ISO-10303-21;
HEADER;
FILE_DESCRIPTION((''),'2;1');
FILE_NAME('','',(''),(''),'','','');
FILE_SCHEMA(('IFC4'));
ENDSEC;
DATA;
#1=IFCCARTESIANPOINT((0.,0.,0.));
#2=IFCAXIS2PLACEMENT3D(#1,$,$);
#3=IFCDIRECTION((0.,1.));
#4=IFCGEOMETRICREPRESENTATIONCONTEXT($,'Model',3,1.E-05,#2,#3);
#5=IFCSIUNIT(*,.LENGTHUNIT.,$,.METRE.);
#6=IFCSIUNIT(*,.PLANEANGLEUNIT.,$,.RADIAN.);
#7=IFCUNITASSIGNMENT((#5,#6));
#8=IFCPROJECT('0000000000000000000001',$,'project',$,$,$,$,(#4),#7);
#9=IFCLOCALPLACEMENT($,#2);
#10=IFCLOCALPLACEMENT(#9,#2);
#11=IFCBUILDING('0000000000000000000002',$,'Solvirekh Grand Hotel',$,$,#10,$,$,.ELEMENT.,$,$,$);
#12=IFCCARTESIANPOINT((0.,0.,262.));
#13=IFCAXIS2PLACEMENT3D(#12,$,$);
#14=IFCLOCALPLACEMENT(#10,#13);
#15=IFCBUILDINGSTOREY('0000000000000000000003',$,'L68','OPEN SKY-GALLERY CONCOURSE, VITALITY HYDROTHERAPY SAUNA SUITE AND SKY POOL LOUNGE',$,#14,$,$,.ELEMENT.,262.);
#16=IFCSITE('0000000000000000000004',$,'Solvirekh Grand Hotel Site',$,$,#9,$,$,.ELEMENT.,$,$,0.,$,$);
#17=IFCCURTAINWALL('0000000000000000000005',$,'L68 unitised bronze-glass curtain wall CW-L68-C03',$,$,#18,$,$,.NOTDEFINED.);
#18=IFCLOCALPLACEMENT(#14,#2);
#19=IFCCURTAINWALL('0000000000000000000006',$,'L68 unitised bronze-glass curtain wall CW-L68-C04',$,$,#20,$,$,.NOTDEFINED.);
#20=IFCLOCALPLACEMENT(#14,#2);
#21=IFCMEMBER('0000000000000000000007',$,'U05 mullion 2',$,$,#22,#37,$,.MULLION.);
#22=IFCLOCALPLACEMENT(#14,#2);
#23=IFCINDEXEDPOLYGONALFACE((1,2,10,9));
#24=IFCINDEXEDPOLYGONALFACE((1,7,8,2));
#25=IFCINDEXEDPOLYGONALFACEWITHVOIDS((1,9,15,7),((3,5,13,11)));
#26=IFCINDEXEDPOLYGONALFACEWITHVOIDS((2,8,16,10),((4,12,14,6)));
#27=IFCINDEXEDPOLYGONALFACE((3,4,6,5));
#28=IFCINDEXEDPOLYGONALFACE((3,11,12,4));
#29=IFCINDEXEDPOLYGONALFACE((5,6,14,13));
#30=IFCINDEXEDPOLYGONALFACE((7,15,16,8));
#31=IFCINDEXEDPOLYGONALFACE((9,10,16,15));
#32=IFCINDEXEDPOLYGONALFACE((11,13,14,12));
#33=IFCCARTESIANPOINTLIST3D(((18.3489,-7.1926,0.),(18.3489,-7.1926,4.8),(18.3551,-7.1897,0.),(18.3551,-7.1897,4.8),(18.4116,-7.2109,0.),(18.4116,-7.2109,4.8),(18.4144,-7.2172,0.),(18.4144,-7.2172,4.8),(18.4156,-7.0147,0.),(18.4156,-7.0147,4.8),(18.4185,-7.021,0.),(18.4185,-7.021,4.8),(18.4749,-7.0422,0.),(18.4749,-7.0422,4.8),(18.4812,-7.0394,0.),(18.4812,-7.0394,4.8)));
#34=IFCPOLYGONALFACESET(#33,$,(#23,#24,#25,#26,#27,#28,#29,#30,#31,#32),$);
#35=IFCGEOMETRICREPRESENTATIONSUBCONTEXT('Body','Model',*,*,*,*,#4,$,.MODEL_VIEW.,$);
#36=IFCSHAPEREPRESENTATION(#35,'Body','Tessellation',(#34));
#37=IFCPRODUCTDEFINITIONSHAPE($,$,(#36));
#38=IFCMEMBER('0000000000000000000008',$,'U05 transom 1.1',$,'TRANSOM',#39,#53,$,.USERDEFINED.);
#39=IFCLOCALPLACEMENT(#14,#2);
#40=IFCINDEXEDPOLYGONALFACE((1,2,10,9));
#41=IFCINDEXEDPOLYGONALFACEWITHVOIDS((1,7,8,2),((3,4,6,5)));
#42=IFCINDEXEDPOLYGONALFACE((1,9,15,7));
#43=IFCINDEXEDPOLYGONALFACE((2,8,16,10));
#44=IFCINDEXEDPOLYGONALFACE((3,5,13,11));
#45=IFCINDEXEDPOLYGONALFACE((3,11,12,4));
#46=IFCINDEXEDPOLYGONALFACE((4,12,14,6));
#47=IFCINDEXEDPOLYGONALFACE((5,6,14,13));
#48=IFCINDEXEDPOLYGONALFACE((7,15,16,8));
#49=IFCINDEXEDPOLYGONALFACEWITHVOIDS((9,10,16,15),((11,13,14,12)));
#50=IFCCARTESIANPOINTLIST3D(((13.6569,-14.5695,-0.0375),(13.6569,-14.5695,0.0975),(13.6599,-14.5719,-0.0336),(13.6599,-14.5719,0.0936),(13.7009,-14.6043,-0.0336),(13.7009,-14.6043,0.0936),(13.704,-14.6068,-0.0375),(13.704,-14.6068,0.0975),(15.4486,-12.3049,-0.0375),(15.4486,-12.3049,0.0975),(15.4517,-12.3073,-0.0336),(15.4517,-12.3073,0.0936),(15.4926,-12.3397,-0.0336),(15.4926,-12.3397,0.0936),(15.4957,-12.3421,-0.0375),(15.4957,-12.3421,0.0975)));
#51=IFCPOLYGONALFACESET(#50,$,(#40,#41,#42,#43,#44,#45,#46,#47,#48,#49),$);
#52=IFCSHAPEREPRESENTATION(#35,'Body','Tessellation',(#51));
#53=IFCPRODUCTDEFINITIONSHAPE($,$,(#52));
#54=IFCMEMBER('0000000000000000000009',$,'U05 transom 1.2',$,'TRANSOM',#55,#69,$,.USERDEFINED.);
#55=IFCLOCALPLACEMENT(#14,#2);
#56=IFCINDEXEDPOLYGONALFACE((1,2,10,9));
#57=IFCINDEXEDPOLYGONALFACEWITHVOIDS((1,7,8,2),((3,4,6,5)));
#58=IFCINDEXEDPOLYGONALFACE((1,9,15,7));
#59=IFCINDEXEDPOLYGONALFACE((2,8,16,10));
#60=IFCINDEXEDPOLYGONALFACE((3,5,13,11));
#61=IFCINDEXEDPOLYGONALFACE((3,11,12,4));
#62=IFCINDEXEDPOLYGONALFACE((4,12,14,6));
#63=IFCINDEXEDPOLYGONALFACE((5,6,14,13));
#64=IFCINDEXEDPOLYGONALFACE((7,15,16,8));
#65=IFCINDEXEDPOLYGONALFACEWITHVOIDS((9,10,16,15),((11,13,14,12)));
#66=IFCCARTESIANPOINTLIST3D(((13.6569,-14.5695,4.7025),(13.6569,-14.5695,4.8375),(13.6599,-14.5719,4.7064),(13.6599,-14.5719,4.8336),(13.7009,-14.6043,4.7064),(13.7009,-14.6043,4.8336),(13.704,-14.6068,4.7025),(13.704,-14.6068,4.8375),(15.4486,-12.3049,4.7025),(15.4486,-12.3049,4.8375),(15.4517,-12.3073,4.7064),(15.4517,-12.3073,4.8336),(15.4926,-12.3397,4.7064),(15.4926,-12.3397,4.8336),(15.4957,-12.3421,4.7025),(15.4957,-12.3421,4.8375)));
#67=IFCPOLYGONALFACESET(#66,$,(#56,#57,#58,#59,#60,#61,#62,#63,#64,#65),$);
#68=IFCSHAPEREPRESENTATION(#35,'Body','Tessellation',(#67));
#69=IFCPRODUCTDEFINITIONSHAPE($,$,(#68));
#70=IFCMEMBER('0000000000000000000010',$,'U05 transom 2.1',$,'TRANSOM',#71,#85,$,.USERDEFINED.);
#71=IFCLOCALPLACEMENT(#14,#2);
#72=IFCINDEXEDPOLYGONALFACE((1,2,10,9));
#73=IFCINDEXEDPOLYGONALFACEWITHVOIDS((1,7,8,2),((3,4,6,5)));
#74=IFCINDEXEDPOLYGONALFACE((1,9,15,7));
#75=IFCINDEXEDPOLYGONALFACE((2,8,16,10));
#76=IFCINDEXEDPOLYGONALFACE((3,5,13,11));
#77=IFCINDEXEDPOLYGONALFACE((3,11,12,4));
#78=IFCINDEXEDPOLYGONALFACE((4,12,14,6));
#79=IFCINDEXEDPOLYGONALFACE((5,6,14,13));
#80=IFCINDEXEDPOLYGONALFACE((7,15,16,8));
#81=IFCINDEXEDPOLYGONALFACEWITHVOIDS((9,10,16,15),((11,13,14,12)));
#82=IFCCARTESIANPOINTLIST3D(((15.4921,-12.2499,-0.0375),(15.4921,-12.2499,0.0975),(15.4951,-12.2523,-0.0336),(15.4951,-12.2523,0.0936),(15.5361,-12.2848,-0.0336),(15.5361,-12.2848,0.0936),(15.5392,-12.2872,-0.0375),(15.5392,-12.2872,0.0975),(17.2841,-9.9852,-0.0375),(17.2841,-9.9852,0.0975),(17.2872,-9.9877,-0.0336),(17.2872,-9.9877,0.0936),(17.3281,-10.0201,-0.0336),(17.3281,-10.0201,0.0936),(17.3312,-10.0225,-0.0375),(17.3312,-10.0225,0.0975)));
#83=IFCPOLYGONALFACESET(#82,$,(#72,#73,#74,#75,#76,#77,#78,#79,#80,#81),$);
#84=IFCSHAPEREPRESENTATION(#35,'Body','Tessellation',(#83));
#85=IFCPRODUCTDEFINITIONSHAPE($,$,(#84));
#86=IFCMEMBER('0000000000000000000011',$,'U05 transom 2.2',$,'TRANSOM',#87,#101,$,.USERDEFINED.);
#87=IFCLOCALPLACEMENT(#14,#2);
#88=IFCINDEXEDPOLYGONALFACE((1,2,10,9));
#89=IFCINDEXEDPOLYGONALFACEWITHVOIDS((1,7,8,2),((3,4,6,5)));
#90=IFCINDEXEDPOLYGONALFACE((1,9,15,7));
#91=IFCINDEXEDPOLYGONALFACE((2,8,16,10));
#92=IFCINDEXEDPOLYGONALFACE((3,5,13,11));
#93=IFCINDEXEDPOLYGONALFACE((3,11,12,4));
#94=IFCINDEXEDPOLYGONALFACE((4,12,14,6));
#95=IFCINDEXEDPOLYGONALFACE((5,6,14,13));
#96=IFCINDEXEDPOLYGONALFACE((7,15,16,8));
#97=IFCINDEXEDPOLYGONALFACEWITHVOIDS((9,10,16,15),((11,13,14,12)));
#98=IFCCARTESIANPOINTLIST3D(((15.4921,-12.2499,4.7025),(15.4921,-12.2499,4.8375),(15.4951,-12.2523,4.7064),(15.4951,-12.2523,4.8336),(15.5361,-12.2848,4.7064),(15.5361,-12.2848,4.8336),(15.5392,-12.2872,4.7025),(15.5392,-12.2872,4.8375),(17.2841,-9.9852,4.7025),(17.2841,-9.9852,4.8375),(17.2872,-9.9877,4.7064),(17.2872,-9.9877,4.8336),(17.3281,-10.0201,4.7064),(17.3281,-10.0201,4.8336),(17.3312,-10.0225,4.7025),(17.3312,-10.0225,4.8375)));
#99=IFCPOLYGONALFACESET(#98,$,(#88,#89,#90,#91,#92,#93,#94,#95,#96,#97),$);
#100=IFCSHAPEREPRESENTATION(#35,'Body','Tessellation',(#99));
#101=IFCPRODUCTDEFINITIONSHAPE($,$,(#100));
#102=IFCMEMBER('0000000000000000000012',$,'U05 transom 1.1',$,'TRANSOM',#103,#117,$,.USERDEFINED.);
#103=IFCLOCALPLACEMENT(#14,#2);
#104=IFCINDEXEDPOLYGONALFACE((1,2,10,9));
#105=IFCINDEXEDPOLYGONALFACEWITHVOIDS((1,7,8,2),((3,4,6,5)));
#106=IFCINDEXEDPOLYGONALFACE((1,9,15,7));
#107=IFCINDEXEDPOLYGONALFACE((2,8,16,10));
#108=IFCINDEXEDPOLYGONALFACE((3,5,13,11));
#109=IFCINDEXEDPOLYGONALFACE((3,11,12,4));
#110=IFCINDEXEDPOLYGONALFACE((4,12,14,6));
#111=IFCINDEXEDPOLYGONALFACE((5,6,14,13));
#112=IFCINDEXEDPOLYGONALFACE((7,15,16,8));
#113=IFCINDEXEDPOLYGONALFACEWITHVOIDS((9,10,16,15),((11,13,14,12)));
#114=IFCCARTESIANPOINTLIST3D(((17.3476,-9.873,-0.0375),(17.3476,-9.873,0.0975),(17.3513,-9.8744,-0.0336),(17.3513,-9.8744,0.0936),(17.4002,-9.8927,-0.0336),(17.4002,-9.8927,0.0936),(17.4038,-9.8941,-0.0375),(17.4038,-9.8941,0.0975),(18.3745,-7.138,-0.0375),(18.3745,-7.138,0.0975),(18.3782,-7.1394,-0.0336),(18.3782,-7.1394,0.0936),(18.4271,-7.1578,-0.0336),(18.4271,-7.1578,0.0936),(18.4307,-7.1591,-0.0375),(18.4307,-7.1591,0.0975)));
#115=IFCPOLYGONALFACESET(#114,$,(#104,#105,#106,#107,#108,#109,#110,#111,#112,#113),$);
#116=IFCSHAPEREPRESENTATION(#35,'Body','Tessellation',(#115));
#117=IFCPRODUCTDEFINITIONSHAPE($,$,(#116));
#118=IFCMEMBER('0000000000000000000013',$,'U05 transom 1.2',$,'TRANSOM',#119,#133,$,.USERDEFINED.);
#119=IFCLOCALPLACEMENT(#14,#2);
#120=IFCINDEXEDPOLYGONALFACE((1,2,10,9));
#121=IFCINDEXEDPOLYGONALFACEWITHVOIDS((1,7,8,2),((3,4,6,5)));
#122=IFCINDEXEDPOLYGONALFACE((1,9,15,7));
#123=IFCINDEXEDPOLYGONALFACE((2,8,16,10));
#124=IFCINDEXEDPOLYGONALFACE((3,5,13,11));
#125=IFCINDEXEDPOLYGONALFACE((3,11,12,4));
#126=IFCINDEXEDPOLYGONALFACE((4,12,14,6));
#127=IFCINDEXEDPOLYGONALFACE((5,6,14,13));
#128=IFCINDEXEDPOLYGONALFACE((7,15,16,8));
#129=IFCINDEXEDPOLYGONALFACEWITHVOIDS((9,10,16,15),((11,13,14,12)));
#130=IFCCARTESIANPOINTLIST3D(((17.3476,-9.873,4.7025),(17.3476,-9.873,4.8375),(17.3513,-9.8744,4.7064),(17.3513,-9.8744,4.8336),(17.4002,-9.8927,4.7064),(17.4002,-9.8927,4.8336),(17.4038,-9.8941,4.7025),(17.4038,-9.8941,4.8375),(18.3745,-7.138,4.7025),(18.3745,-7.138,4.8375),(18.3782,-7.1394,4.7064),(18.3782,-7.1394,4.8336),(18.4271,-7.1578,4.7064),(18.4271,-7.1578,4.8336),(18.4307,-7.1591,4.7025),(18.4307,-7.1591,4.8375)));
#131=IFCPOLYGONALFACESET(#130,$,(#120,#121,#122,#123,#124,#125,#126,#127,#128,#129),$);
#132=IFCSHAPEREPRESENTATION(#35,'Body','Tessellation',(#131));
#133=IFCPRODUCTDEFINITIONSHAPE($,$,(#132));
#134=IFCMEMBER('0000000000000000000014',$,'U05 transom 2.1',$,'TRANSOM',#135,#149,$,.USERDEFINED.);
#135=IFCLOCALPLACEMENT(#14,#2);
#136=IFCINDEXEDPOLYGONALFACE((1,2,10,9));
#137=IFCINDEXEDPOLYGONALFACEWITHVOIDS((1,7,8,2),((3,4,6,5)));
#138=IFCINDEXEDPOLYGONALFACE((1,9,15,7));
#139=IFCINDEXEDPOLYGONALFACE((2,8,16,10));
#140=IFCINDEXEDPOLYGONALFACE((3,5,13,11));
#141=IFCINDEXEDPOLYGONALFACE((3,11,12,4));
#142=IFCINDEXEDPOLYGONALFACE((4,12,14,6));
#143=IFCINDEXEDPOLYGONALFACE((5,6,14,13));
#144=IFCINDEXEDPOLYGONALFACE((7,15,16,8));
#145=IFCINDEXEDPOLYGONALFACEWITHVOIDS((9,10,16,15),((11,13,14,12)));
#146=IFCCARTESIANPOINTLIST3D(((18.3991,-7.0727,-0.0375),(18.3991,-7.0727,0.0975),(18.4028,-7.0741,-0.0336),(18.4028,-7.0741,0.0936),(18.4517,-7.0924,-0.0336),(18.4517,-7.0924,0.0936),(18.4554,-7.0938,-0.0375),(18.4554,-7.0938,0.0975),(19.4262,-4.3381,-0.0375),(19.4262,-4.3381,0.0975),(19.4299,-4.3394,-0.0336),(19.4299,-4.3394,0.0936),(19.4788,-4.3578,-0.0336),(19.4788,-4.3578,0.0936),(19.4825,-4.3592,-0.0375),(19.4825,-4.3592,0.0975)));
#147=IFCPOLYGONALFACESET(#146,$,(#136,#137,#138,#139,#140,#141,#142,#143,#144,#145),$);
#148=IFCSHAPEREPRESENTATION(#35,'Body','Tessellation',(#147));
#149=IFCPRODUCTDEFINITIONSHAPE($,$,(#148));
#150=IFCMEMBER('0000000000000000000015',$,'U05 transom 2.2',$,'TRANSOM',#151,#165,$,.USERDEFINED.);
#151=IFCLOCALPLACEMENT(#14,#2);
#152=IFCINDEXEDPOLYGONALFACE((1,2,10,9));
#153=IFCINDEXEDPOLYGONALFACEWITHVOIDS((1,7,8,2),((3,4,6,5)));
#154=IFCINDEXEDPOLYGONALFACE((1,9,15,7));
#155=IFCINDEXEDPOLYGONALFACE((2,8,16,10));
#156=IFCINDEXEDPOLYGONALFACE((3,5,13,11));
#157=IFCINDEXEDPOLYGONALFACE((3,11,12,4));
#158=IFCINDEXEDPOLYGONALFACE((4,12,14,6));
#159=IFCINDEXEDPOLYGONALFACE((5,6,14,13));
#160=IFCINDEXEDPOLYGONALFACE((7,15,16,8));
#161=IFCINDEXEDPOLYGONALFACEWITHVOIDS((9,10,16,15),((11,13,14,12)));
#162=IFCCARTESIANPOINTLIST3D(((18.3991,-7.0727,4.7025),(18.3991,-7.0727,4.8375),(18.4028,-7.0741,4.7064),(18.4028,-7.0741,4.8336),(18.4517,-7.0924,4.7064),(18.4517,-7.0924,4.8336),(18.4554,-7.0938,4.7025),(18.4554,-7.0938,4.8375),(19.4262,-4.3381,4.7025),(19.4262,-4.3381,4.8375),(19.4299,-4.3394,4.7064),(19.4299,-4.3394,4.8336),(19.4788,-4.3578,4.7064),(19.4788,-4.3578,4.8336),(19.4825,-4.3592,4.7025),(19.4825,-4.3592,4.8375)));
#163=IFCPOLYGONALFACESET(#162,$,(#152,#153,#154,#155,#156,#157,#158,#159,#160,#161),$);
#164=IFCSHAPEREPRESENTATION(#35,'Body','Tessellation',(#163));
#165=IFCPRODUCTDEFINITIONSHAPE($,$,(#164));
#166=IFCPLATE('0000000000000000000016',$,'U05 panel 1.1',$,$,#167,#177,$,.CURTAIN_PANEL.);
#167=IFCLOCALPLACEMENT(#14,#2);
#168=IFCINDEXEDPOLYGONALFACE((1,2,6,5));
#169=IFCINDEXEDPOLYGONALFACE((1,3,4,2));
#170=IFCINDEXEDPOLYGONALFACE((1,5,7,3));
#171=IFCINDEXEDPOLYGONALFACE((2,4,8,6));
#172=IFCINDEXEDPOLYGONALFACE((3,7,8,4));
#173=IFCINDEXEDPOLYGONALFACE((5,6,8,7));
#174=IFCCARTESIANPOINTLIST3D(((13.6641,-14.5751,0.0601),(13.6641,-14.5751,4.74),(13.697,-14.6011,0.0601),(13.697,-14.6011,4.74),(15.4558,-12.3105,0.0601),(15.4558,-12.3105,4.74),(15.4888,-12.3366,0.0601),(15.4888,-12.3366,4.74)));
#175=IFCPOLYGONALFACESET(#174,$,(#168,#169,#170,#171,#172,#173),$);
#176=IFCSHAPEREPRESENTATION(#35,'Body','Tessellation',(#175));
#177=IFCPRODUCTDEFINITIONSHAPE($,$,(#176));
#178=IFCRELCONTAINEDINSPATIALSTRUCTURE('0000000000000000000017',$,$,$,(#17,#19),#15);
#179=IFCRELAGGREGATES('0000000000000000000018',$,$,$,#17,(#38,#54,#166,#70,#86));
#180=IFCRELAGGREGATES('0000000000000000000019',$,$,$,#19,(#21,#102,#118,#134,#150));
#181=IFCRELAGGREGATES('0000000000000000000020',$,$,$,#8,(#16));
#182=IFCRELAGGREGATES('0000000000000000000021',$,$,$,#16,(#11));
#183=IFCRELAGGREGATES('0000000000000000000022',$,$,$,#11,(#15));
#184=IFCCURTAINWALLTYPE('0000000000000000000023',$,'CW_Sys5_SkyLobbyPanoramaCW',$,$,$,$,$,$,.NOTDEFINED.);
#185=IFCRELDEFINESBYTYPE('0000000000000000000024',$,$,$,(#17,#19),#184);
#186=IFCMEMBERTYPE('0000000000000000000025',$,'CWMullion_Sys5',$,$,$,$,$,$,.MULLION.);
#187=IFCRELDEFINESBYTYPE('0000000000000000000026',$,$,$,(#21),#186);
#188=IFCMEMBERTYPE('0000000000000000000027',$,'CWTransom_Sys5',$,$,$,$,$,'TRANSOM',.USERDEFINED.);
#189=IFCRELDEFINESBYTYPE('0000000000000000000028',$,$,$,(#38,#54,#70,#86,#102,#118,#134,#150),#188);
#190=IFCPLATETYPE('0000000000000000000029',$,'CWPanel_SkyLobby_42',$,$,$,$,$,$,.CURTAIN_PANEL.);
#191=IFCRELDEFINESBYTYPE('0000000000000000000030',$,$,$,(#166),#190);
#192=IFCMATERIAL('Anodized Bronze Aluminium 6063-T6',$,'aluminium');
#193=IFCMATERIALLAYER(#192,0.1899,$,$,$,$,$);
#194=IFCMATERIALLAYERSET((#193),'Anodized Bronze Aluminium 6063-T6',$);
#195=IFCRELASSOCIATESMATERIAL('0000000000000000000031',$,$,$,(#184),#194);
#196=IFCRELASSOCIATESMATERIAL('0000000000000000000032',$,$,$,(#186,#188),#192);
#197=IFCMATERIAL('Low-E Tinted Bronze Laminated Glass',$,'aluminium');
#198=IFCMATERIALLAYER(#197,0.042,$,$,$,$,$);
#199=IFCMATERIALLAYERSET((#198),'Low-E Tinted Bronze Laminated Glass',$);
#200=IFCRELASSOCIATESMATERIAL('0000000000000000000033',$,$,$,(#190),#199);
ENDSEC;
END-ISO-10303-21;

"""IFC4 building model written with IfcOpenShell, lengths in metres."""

from ifc_helpers import new_model, si_unit, direction, frame, origin, origin_2d, place, context, subcontext, project, spatial, rectangle, hollow_rectangle, extrude, source, transform, mapped, material, layer, layer_set, material_profile, profile_set, type_object, element, aggregate, save


model = new_model("IFC4")

# Units and contexts
model_context = context("Model", 3, precision=1e-05, world=origin(), true_north=direction((0.0, 1.0)))
body_context = subcontext(model_context, "Body", "Model", "MODEL_VIEW")
ifc_project = project(units=[si_unit("LENGTHUNIT", "METRE"), si_unit("PLANEANGLEUNIT", "RADIAN")], contexts=[model_context])

# Site, building, storey
site_placement = place(None, origin())
site = spatial("IfcSite", under=ifc_project, at=site_placement, Name="Solvirekh Grand Hotel Site", CompositionType="ELEMENT", RefElevation=0.0)
building_placement = place(site_placement, origin())
building = spatial("IfcBuilding", under=site, at=building_placement, Name="Solvirekh Grand Hotel", CompositionType="ELEMENT")
storey_placement = place(building_placement, frame((0.0, 0.0, 262.0)))
storey = spatial("IfcBuildingStorey", under=building, at=storey_placement, Name="L68", Description="OPEN SKY-GALLERY CONCOURSE, VITALITY HYDROTHERAPY SAUNA SUITE AND SKY POOL LOUNGE", CompositionType="ELEMENT", Elevation=262.0)

# Shared definitions
ifc_material_1 = material(Name="Anodized Bronze Aluminium 6063-T6", Category="aluminium")
ifc_layer_1 = layer(ifc_material_1, 0.1899)
ifc_layer_set_1 = layer_set([ifc_layer_1], Name="Anodized Bronze Aluminium 6063-T6")
curtain_wall_type = type_object("IfcCurtainWallType", Name="CW_Sys5_SkyLobbyPanoramaCW", PredefinedType="NOTDEFINED", material=ifc_layer_set_1)
ifc_material_profile_1 = material_profile(ifc_material_1, hollow_rectangle(XDim=0.0701, YDim=0.1899, WallThickness=0.0049, at=origin_2d()), Name="ALU RHS 190X70X5")
ifc_profile_set_1 = profile_set([ifc_material_profile_1], Name="Anodized Bronze Aluminium 6063-T6")
member_type_1 = type_object("IfcMemberType", Name="CWMullion_Sys5", PredefinedType="MULLION", material=ifc_profile_set_1)
shared_shape_1 = source(origin(), body_context, "Body", "SweptSolid", [
    extrude(hollow_rectangle(XDim=0.0701, YDim=0.1899, WallThickness=0.0049, at=origin_2d()), origin(), (0.0, 0.0, 1.0), 4.8),
])

# Curtain walls, member
curtain_wall_1_placement = place(storey_placement, origin())
curtain_wall_1 = element("IfcCurtainWall", 1, at=curtain_wall_1_placement, inside=storey, type_object=curtain_wall_type, Name="L68 unitised bronze-glass curtain wall CW-L68-C03", PredefinedType="NOTDEFINED")
curtain_wall_2_placement = place(storey_placement, origin())
curtain_wall_2 = element("IfcCurtainWall", 2, at=curtain_wall_2_placement, inside=storey, type_object=curtain_wall_type, Name="L68 unitised bronze-glass curtain wall CW-L68-C04", PredefinedType="NOTDEFINED")
member_1_placement = place(storey_placement, frame((18.415, -7.116, 0.0), z_axis=(0.0, 0.0, 1.0), x_axis=(-0.936153, 0.351594, 0.0)))
member_1 = element("IfcMember", 3, at=member_1_placement, type_object=member_type_1, Name="U05 mullion 2", PredefinedType="MULLION", context=body_context, shape_type="MappedRepresentation", body=[
    mapped(shared_shape_1, transform((0.0, 0.0, 0.0), x_axis=(1.0, 0.0, 0.0), y_axis=(0.0, 1.0, 0.0), z_axis=(0.0, 0.0, 1.0), scale=1.0)),
])

# Members
ifc_material_profile_2 = material_profile(ifc_material_1, hollow_rectangle(XDim=0.0601, YDim=0.135, WallThickness=0.0039, at=origin_2d()), Name="ALU RHS 135X60X4")
ifc_profile_set_2 = profile_set([ifc_material_profile_2], Name="Anodized Bronze Aluminium 6063-T6")
member_type_2 = type_object("IfcMemberType", Name="CWTransom_Sys5", ElementType="TRANSOM", PredefinedType="USERDEFINED", material=ifc_profile_set_2)
shared_shape_2 = source(origin(), body_context, "Body", "SweptSolid", [
    extrude(hollow_rectangle(XDim=0.0601, YDim=0.135, WallThickness=0.0039, at=origin_2d()), origin(), (0.0, 0.0, 1.0), 2.8877),
])
member_2_placement = place(storey_placement, frame((13.6804, -14.5881, 0.03), z_axis=(0.620469, 0.784231, 0.0), x_axis=(-0.784231, 0.620469, 0.0)))
member_2 = element("IfcMember", 4, at=member_2_placement, type_object=member_type_2, Name="U05 transom 1.1", ObjectType="TRANSOM", PredefinedType="USERDEFINED", context=body_context, shape_type="MappedRepresentation", body=[
    mapped(shared_shape_2, transform((0.0, 0.0, 0.0), x_axis=(1.0, 0.0, 0.0), y_axis=(0.0, 1.0, 0.0), z_axis=(0.0, 0.0, 1.0), scale=1.0)),
])
member_3_placement = place(storey_placement, frame((13.6804, -14.5881, 4.77), z_axis=(0.620469, 0.784231, 0.0), x_axis=(-0.784231, 0.620469, 0.0)))
member_3 = element("IfcMember", 5, at=member_3_placement, type_object=member_type_2, Name="U05 transom 1.2", ObjectType="TRANSOM", PredefinedType="USERDEFINED", context=body_context, shape_type="MappedRepresentation", body=[
    mapped(shared_shape_2, transform((0.0, 0.0, 0.0), x_axis=(1.0, 0.0, 0.0), y_axis=(0.0, 1.0, 0.0), z_axis=(0.0, 0.0, 1.0), scale=1.0)),
])
shared_shape_3 = source(origin(), body_context, "Body", "SweptSolid", [
    extrude(hollow_rectangle(XDim=0.0601, YDim=0.135, WallThickness=0.0039, at=origin_2d()), origin(), (0.0, 0.0, 1.0), 2.8879),
])
member_4_placement = place(storey_placement, frame((15.5156, -12.2686, 0.03), z_axis=(0.620521, 0.78419, 0.0), x_axis=(-0.78419, 0.620521, 0.0)))
member_4 = element("IfcMember", 6, at=member_4_placement, type_object=member_type_2, Name="U05 transom 2.1", ObjectType="TRANSOM", PredefinedType="USERDEFINED", context=body_context, shape_type="MappedRepresentation", body=[
    mapped(shared_shape_3, transform((0.0, 0.0, 0.0), x_axis=(1.0, 0.0, 0.0), y_axis=(0.0, 1.0, 0.0), z_axis=(0.0, 0.0, 1.0), scale=1.0)),
])
member_5_placement = place(storey_placement, frame((15.5156, -12.2686, 4.77), z_axis=(0.620521, 0.78419, 0.0), x_axis=(-0.78419, 0.620521, 0.0)))
member_5 = element("IfcMember", 7, at=member_5_placement, type_object=member_type_2, Name="U05 transom 2.2", ObjectType="TRANSOM", PredefinedType="USERDEFINED", context=body_context, shape_type="MappedRepresentation", body=[
    mapped(shared_shape_3, transform((0.0, 0.0, 0.0), x_axis=(1.0, 0.0, 0.0), y_axis=(0.0, 1.0, 0.0), z_axis=(0.0, 0.0, 1.0), scale=1.0)),
])
shared_shape_4 = source(origin(), body_context, "Body", "SweptSolid", [
    extrude(hollow_rectangle(XDim=0.0601, YDim=0.135, WallThickness=0.0039, at=origin_2d()), origin(), (0.0, 0.0, 1.0), 2.9214),
])
member_6_placement = place(storey_placement, frame((17.3757, -9.8835, 0.03), z_axis=(0.351508, 0.936185, 0.0), x_axis=(-0.936185, 0.351508, 0.0)))
member_6 = element("IfcMember", 8, at=member_6_placement, type_object=member_type_2, Name="U05 transom 1.1", ObjectType="TRANSOM", PredefinedType="USERDEFINED", context=body_context, shape_type="MappedRepresentation", body=[
    mapped(shared_shape_4, transform((0.0, 0.0, 0.0), x_axis=(1.0, 0.0, 0.0), y_axis=(0.0, 1.0, 0.0), z_axis=(0.0, 0.0, 1.0), scale=1.0)),
])
member_7_placement = place(storey_placement, frame((17.3757, -9.8835, 4.77), z_axis=(0.351508, 0.936185, 0.0), x_axis=(-0.936185, 0.351508, 0.0)))
member_7 = element("IfcMember", 9, at=member_7_placement, type_object=member_type_2, Name="U05 transom 1.2", ObjectType="TRANSOM", PredefinedType="USERDEFINED", context=body_context, shape_type="MappedRepresentation", body=[
    mapped(shared_shape_4, transform((0.0, 0.0, 0.0), x_axis=(1.0, 0.0, 0.0), y_axis=(0.0, 1.0, 0.0), z_axis=(0.0, 0.0, 1.0), scale=1.0)),
])
shared_shape_5 = source(origin(), body_context, "Body", "SweptSolid", [
    extrude(hollow_rectangle(XDim=0.0601, YDim=0.135, WallThickness=0.0039, at=origin_2d()), origin(), (0.0, 0.0, 1.0), 2.9211),
])
member_8_placement = place(storey_placement, frame((18.4272, -7.0833, 0.03), z_axis=(0.351609, 0.936147, 0.0), x_axis=(-0.936147, 0.351609, 0.0)))
member_8 = element("IfcMember", 10, at=member_8_placement, type_object=member_type_2, Name="U05 transom 2.1", ObjectType="TRANSOM", PredefinedType="USERDEFINED", context=body_context, shape_type="MappedRepresentation", body=[
    mapped(shared_shape_5, transform((0.0, 0.0, 0.0), x_axis=(1.0, 0.0, 0.0), y_axis=(0.0, 1.0, 0.0), z_axis=(0.0, 0.0, 1.0), scale=1.0)),
])
member_9_placement = place(storey_placement, frame((18.4272, -7.0833, 4.77), z_axis=(0.351609, 0.936147, 0.0), x_axis=(-0.936147, 0.351609, 0.0)))
member_9 = element("IfcMember", 11, at=member_9_placement, type_object=member_type_2, Name="U05 transom 2.2", ObjectType="TRANSOM", PredefinedType="USERDEFINED", context=body_context, shape_type="MappedRepresentation", body=[
    mapped(shared_shape_5, transform((0.0, 0.0, 0.0), x_axis=(1.0, 0.0, 0.0), y_axis=(0.0, 1.0, 0.0), z_axis=(0.0, 0.0, 1.0), scale=1.0)),
])

# Plate
ifc_material_2 = material(Name="Low-E Tinted Bronze Laminated Glass", Category="aluminium")
ifc_layer_2 = layer(ifc_material_2, 0.042)
ifc_layer_set_2 = layer_set([ifc_layer_2], Name="Low-E Tinted Bronze Laminated Glass")
plate_type = type_object("IfcPlateType", Name="CWPanel_SkyLobby_42", PredefinedType="CURTAIN_PANEL", material=ifc_layer_set_2)
shared_shape_6 = source(origin(), body_context, "Body", "SweptSolid", [
    extrude(rectangle(XDim=2.8877, YDim=0.042, at=origin_2d()), origin(), (0.0, 0.0, 1.0), 4.6799),
])
plate_1_placement = place(storey_placement, frame((14.5764, -13.4558, 0.0601), z_axis=(0.0, 0.0, 1.0), x_axis=(0.620489, 0.784215, 0.0)))
plate_1 = element("IfcPlate", 12, at=plate_1_placement, type_object=plate_type, Name="U05 panel 1.1", PredefinedType="CURTAIN_PANEL", context=body_context, shape_type="MappedRepresentation", body=[
    mapped(shared_shape_6, transform((0.0, 0.0, 0.0), x_axis=(1.0, 0.0, 0.0), y_axis=(0.0, 1.0, 0.0), z_axis=(0.0, 0.0, 1.0), scale=1.0)),
])
aggregate(curtain_wall_1, [member_2, member_3, plate_1, member_4, member_5])
aggregate(curtain_wall_2, [member_1, member_6, member_7, member_8, member_9])

save(model, "model.ifc")
